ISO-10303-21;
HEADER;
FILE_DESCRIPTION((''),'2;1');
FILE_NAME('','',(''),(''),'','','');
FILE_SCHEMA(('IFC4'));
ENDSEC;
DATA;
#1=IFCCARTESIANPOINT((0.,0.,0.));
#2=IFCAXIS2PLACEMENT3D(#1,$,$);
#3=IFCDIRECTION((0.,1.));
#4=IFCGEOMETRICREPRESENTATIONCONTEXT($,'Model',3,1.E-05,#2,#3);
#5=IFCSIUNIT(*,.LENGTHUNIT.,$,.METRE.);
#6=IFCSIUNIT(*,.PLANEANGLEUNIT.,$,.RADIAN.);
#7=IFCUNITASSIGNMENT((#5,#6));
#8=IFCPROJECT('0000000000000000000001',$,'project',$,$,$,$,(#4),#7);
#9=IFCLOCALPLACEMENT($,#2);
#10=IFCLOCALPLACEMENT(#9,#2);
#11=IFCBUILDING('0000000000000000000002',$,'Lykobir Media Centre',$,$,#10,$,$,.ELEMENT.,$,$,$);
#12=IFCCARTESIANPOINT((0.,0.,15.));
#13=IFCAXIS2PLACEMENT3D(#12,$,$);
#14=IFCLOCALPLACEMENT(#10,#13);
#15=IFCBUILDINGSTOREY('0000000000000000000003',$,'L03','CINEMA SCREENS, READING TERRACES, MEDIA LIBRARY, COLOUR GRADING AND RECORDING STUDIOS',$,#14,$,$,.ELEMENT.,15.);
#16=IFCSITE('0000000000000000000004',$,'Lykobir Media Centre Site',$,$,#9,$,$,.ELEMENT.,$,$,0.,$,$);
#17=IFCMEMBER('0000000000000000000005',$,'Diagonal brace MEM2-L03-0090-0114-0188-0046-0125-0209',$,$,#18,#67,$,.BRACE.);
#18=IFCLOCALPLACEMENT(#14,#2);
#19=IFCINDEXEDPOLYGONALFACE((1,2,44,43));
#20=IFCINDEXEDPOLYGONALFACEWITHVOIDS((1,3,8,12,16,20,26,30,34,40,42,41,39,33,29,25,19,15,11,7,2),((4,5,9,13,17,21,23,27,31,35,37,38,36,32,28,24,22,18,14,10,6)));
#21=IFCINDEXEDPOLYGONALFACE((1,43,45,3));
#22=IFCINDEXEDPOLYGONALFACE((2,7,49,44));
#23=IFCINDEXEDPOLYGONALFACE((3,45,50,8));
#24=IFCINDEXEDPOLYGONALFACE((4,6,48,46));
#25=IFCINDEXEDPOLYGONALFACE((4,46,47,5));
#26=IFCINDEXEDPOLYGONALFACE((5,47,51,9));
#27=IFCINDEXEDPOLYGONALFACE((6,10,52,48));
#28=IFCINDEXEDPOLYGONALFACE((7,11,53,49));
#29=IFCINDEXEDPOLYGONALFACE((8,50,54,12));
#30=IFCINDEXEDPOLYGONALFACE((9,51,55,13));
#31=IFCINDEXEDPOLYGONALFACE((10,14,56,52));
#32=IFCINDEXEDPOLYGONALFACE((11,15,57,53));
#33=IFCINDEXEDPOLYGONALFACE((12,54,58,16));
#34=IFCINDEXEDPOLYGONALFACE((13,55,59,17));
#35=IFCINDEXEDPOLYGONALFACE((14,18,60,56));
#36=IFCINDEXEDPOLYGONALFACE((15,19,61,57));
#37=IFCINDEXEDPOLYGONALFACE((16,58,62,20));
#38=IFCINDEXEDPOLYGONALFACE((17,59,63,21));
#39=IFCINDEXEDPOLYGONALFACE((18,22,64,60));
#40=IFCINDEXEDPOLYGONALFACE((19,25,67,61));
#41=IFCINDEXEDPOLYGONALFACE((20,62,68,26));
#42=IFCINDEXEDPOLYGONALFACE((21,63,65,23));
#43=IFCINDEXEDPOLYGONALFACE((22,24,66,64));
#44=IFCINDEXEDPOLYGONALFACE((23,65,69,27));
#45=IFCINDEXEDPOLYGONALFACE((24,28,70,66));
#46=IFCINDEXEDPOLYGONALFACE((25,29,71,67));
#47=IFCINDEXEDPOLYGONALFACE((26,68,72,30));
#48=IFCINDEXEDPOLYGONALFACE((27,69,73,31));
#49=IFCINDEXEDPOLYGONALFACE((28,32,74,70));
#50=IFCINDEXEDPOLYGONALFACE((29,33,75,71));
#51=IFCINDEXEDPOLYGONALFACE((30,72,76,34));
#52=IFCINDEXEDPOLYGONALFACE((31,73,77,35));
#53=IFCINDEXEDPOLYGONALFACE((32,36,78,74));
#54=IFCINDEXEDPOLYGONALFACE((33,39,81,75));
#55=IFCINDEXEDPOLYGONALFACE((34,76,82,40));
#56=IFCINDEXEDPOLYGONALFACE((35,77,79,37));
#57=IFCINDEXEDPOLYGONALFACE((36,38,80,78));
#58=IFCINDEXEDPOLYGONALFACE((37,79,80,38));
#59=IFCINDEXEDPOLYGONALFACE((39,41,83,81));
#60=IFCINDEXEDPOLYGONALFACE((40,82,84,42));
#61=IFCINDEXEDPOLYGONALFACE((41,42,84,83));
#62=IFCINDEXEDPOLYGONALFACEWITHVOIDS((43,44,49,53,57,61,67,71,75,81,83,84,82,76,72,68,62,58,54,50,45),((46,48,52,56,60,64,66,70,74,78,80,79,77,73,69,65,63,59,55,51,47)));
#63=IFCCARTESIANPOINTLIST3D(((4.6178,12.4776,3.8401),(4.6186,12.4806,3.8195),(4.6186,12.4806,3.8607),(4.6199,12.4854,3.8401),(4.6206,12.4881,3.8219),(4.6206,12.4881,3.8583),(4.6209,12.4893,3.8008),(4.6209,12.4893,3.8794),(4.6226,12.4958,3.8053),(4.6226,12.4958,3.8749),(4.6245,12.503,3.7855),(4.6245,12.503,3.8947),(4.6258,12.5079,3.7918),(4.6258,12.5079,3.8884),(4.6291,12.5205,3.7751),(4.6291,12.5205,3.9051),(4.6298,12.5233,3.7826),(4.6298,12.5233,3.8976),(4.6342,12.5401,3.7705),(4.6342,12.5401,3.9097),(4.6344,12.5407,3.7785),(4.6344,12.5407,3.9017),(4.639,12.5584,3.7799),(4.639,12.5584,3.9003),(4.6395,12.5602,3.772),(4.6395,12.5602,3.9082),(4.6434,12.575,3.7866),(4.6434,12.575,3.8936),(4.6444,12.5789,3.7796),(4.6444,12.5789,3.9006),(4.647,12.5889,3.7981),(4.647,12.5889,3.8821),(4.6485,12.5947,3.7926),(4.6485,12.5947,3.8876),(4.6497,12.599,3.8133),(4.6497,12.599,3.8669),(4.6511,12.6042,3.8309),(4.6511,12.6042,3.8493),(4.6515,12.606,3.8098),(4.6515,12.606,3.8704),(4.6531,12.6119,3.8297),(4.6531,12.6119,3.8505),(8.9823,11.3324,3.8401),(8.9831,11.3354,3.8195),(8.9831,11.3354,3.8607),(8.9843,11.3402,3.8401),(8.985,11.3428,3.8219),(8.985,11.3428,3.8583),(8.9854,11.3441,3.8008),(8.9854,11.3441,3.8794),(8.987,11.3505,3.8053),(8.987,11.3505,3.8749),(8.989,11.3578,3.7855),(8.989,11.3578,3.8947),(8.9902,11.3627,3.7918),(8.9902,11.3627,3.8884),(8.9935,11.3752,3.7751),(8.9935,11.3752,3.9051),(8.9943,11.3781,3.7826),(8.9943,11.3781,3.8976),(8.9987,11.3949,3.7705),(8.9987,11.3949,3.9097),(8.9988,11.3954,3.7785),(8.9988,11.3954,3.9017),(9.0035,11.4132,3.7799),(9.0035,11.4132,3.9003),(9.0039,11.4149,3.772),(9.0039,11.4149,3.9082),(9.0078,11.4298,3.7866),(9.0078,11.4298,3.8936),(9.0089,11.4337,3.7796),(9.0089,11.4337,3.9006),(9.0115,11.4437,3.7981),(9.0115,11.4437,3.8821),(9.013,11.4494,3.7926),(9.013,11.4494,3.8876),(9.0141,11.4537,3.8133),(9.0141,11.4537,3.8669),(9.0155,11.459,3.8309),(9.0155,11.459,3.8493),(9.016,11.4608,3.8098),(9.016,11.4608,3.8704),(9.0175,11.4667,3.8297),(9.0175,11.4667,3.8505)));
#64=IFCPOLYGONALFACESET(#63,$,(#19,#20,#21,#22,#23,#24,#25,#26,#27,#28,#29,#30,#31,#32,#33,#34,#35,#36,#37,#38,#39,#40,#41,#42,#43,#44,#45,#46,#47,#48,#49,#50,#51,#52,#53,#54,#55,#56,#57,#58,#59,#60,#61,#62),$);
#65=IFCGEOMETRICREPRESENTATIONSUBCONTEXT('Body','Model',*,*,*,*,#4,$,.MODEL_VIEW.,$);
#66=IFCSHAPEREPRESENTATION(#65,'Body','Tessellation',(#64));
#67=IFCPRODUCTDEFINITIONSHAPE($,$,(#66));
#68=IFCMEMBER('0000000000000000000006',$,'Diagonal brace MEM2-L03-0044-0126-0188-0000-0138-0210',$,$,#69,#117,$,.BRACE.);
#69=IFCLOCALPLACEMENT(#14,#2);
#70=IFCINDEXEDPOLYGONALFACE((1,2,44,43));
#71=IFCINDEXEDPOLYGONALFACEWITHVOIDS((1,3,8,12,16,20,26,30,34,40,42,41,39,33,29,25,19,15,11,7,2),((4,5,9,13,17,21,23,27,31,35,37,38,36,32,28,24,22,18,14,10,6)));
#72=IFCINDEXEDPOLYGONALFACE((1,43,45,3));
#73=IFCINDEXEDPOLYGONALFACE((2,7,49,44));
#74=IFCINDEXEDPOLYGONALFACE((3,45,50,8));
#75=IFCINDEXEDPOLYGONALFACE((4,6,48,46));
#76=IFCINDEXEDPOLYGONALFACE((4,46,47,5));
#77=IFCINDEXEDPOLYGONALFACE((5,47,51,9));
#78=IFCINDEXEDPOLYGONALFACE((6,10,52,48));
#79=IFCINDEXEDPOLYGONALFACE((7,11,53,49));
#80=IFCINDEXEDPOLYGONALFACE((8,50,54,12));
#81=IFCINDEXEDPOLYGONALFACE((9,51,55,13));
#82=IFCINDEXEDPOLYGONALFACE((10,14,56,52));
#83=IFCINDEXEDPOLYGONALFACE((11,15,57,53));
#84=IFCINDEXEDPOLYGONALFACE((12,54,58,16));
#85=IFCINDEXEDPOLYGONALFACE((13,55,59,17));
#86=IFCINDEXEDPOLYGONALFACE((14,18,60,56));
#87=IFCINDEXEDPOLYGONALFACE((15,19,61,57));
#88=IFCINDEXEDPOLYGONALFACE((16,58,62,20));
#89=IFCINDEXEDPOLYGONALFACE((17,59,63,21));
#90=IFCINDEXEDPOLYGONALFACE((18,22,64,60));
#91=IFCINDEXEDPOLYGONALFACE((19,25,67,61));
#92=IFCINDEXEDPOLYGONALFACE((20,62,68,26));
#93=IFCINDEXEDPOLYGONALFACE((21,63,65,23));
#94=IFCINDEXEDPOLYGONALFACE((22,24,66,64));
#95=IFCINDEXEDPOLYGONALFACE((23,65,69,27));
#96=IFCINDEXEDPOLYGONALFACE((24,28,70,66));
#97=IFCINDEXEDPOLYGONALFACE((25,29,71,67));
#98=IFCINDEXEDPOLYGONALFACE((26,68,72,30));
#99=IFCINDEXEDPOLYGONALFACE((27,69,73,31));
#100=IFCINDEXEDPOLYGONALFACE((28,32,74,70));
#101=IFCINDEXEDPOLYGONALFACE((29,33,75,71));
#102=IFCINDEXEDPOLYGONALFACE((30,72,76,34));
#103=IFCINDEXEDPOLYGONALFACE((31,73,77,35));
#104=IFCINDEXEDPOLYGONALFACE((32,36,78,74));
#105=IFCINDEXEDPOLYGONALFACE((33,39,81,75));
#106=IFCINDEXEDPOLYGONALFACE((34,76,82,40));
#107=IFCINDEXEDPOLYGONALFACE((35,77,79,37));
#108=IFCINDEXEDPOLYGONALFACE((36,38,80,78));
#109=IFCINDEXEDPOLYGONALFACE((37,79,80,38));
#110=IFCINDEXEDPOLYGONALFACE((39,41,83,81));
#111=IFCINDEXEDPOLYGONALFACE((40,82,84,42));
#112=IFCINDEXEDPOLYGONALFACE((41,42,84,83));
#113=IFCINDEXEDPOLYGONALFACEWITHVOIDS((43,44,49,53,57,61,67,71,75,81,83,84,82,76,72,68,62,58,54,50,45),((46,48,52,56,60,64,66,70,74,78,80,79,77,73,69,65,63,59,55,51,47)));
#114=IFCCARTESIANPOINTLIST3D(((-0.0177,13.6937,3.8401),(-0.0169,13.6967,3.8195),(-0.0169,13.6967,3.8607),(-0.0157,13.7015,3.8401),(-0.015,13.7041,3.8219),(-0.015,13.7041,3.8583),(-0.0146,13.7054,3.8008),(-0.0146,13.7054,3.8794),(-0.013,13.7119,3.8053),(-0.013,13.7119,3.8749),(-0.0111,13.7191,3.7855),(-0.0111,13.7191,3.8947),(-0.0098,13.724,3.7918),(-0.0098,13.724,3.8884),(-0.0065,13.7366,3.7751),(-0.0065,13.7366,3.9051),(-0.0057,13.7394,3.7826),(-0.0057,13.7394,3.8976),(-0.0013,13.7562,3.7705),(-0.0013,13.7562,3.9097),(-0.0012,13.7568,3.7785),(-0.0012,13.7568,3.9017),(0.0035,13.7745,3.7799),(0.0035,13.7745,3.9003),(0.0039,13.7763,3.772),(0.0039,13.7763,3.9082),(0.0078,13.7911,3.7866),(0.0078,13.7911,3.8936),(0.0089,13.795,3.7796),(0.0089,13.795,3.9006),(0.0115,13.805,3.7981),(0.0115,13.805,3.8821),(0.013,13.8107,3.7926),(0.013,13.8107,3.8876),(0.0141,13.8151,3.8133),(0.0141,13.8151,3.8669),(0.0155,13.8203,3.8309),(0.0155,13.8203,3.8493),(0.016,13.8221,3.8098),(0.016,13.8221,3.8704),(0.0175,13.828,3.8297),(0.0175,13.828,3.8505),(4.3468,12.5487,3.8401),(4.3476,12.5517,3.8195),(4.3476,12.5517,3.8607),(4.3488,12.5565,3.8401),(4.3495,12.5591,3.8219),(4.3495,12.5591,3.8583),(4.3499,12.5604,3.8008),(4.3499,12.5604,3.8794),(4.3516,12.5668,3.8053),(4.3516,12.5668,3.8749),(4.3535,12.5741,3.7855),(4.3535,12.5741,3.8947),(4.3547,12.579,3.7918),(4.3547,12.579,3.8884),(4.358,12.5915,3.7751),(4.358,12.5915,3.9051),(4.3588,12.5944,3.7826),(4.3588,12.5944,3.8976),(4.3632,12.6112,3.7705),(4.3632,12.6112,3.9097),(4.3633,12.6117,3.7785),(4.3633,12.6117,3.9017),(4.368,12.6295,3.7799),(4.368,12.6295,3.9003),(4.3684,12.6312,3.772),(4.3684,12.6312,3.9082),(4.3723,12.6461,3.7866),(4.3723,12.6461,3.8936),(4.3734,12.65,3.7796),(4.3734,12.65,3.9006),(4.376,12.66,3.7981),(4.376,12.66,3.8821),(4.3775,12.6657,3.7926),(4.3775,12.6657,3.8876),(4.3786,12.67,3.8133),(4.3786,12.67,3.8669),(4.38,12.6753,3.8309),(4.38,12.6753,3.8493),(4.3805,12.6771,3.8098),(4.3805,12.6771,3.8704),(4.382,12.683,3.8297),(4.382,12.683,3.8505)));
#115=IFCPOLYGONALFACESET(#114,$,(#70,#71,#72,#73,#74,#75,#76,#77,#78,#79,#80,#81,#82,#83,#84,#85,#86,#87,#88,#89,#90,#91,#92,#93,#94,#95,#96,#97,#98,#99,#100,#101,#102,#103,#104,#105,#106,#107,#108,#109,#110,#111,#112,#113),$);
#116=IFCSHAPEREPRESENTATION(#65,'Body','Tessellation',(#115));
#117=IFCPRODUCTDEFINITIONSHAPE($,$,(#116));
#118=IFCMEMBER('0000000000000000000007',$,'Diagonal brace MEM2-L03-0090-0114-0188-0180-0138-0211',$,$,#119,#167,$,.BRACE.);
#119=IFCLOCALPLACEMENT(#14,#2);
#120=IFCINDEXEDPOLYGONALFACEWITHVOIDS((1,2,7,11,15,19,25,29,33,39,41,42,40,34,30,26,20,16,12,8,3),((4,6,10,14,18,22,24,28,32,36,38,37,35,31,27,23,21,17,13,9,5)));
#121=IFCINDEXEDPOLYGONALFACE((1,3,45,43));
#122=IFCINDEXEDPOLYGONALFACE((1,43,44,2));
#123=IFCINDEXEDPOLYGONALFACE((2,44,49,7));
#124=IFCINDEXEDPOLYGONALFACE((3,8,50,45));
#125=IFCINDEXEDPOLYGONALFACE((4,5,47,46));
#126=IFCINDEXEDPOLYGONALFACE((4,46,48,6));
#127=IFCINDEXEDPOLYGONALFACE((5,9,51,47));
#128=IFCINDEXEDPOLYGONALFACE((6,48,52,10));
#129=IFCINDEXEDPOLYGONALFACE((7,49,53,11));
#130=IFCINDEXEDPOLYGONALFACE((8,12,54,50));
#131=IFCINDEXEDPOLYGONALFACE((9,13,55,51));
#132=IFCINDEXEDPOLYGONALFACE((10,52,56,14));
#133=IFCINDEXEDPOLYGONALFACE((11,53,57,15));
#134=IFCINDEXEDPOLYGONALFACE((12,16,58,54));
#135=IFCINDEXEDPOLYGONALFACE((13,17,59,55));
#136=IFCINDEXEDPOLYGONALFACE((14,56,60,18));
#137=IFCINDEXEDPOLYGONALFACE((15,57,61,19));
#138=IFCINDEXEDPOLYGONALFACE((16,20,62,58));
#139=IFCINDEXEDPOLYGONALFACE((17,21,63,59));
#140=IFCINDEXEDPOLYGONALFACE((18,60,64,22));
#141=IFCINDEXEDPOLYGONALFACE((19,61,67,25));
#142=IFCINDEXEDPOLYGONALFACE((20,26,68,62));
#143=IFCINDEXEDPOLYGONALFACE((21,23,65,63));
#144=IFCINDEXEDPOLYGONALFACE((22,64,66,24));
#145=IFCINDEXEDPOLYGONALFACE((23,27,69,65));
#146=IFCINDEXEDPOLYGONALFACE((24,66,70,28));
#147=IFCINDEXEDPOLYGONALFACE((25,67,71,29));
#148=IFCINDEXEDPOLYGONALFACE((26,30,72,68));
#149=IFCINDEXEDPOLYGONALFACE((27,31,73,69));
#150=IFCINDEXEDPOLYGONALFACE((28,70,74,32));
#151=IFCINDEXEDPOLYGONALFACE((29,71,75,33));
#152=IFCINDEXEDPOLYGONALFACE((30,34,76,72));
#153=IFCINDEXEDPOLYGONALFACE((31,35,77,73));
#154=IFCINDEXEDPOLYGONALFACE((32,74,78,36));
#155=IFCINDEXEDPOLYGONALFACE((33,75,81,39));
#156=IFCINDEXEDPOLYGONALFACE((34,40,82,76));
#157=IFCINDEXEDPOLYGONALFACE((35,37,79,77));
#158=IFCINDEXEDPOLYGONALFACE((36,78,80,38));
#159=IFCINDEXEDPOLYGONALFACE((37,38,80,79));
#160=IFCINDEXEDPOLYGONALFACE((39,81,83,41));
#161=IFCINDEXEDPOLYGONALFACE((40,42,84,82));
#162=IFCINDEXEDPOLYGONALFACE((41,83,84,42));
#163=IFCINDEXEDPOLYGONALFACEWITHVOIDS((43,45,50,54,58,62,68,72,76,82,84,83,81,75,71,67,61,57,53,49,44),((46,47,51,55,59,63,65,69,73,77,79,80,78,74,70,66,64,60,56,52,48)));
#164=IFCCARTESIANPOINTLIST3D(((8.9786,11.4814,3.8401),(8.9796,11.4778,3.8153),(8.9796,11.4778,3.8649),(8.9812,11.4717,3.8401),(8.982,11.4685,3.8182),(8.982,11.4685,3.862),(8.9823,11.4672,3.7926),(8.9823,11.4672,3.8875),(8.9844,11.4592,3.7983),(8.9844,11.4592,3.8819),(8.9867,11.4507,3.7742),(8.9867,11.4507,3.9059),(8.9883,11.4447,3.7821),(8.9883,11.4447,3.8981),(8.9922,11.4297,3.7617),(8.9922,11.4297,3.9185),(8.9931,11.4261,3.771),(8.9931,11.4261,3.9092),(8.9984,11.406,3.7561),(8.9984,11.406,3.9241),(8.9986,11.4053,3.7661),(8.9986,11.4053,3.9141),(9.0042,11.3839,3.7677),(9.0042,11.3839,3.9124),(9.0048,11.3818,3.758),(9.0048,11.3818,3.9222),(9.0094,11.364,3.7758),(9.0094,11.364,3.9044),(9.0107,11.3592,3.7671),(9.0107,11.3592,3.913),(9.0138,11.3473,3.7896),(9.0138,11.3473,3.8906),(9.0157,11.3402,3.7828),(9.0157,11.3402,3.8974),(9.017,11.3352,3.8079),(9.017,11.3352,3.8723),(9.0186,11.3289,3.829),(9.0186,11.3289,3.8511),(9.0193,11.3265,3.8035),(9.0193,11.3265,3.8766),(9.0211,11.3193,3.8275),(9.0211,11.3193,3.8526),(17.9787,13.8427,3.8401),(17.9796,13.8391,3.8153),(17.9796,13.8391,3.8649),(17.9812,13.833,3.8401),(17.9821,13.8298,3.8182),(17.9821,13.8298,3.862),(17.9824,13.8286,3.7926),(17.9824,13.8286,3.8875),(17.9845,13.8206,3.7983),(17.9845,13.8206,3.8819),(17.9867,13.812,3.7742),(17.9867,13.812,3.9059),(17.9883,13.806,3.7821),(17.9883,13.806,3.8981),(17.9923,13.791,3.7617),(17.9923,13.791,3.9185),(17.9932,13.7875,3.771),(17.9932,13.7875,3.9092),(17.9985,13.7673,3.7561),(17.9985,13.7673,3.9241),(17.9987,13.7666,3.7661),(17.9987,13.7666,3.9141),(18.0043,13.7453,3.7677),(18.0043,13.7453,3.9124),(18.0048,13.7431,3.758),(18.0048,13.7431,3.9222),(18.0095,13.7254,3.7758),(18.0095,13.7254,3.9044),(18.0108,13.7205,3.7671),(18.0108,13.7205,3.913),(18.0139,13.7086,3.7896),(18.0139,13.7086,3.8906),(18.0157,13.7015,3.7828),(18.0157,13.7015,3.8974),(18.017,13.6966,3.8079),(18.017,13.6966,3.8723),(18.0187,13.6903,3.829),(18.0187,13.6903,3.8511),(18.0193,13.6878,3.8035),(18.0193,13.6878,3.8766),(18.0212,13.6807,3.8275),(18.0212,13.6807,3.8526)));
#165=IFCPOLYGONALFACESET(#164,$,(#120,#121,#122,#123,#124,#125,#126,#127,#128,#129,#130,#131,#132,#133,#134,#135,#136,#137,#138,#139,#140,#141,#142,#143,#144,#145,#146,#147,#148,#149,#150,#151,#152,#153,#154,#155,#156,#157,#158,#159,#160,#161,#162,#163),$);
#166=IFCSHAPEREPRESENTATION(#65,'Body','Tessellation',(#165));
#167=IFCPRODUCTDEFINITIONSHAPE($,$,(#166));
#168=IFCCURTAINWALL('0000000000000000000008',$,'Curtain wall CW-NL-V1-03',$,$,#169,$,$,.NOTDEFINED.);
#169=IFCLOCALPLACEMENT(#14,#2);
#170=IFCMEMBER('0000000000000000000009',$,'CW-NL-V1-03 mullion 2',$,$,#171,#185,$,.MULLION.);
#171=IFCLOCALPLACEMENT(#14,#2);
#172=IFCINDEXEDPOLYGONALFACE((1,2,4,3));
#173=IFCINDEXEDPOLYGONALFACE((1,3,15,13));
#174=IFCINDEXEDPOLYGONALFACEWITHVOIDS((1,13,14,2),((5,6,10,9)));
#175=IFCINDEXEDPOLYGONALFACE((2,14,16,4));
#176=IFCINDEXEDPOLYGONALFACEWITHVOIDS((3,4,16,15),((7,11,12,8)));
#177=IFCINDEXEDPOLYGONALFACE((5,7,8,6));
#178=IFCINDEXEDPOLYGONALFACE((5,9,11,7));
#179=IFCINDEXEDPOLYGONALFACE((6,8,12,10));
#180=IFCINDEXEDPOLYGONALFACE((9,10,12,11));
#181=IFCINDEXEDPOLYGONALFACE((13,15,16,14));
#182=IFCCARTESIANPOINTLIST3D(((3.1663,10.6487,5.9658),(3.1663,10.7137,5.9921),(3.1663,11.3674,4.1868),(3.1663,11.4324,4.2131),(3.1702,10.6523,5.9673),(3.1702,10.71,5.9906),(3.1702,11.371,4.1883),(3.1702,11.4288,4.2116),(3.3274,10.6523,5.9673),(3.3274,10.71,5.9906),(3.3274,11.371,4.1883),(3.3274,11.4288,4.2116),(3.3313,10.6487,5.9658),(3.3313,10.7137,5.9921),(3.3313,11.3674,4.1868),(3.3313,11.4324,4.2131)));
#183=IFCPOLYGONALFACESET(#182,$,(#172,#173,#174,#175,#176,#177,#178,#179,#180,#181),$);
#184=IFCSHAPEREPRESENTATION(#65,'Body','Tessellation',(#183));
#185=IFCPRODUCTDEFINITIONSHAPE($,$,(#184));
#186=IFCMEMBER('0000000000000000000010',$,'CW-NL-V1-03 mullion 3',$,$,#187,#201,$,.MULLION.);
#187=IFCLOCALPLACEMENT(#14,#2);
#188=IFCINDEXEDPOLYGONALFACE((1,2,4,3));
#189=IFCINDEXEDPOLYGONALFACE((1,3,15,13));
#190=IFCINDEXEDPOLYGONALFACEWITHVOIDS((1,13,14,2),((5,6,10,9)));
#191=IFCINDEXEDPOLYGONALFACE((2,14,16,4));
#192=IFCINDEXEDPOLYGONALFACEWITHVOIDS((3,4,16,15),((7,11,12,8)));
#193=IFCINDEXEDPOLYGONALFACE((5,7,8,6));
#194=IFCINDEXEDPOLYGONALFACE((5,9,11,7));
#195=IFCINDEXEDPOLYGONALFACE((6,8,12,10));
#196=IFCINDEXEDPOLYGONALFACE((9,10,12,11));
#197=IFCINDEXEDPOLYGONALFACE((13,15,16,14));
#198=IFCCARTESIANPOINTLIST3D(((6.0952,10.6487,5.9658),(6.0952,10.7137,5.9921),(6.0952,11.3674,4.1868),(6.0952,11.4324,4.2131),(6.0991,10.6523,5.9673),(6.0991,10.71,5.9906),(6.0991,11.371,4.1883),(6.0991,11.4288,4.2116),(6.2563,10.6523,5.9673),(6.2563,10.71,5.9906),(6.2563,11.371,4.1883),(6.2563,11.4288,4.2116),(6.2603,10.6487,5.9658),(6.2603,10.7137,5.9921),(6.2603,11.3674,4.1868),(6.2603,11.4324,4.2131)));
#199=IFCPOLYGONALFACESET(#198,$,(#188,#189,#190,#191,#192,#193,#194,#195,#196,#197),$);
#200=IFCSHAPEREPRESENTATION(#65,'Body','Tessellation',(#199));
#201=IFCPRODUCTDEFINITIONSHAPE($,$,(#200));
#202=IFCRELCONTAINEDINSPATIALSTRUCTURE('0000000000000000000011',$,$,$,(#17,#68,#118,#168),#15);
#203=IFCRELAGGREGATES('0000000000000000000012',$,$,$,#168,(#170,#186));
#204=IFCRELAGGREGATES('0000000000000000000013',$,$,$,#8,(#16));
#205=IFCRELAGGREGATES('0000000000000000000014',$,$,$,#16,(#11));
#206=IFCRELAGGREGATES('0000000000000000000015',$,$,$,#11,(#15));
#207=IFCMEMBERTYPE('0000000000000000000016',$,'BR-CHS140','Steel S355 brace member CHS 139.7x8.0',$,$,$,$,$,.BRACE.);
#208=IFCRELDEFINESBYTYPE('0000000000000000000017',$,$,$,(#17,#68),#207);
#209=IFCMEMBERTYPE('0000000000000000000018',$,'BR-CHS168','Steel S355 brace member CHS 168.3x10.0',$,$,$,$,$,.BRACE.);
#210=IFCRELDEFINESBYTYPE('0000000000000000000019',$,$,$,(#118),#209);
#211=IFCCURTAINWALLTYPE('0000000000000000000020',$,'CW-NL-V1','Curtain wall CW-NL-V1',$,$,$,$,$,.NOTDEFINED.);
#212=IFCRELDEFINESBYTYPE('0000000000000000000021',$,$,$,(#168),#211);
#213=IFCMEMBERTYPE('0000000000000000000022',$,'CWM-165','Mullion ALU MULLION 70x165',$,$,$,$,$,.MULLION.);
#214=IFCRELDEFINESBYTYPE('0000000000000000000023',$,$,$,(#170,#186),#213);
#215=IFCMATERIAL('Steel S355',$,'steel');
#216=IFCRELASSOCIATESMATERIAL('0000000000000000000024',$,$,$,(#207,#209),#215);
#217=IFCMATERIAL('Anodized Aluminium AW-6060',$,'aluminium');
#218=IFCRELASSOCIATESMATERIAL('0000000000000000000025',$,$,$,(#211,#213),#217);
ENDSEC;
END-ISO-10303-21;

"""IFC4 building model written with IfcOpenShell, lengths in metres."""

from ifc_helpers import new_model, si_unit, direction, frame, origin, origin_2d, place, context, subcontext, project, spatial, hollow_rectangle, hollow_circle, extrude, material, material_profile, profile_set, type_object, element, aggregate, save


model = new_model("IFC4")

# Units and contexts
model_context = context("Model", 3, precision=1e-05, world=origin(), true_north=direction((0.0, 1.0)))
body_context = subcontext(model_context, "Body", "Model", "MODEL_VIEW")
ifc_project = project(units=[si_unit("LENGTHUNIT", "METRE"), si_unit("PLANEANGLEUNIT", "RADIAN")], contexts=[model_context])

# Site, building, storey
site_placement = place(None, origin())
site = spatial("IfcSite", under=ifc_project, at=site_placement, Name="Lykobir Media Centre Site", CompositionType="ELEMENT", RefElevation=0.0)
building_placement = place(site_placement, origin())
building = spatial("IfcBuilding", under=site, at=building_placement, Name="Lykobir Media Centre", CompositionType="ELEMENT")
storey_placement = place(building_placement, frame((0.0, 0.0, 15.0)))
storey = spatial("IfcBuildingStorey", under=building, at=storey_placement, Name="L03", Description="CINEMA SCREENS, READING TERRACES, MEDIA LIBRARY, COLOUR GRADING AND RECORDING STUDIOS", CompositionType="ELEMENT", Elevation=15.0)

# Members
ifc_material_1 = material(Name="Steel S355", Category="steel")
ifc_material_profile_1 = material_profile(ifc_material_1, hollow_circle(Radius=0.0698, WallThickness=0.0081, at=origin_2d()), Name="CHS 139.7x8.0")
ifc_profile_set_1 = profile_set([ifc_material_profile_1], Name="Steel S355")
member_type_1 = type_object("IfcMemberType", Name="BR-CHS140", Description="Steel S355 brace member CHS 139.7x8.0", PredefinedType="BRACE", material=ifc_profile_set_1)
for number, where, z_axis, x_axis, name in (
    (1, (9.0, 11.3999, 3.8401), (-0.967254, 0.253811, 0.0), (-0.253811, -0.967254, 0.0), "Diagonal brace MEM2-L03-0090-0114-0188-0046-0125-0209"),
    (2, (4.3645, 12.6162, 3.8401), (-0.967267, 0.253761, 0.0), (-0.253761, -0.967267, 0.0), "Diagonal brace MEM2-L03-0044-0126-0188-0000-0138-0210"),
):
    element("IfcMember", number, at=place(storey_placement, frame(where, z_axis=z_axis, x_axis=x_axis)), inside=storey, type_object=member_type_1, Name=name, PredefinedType="BRACE", context=body_context, shape_type="SweptSolid", body=[
        extrude(hollow_circle(Radius=0.0698, WallThickness=0.0081, at=origin_2d()), origin(), (0.0, 0.0, 1.0), 4.5122),
    ])
ifc_material_profile_2 = material_profile(ifc_material_1, hollow_circle(Radius=0.0842, WallThickness=0.01, at=origin_2d()), Name="CHS 168.3x10.0")
ifc_profile_set_2 = profile_set([ifc_material_profile_2], Name="Steel S355")
member_type_2 = type_object("IfcMemberType", Name="BR-CHS168", Description="Steel S355 brace member CHS 168.3x10.0", PredefinedType="BRACE", material=ifc_profile_set_2)
member_1_placement = place(storey_placement, frame((9.0, 11.3999, 3.8401), z_axis=(0.967262, 0.25378, 0.0), x_axis=(-0.25378, 0.967262, 0.0)))
element("IfcMember", 3, at=member_1_placement, inside=storey, type_object=member_type_2, Name="Diagonal brace MEM2-L03-0090-0114-0188-0180-0138-0211", PredefinedType="BRACE", context=body_context, shape_type="SweptSolid", body=[
    extrude(hollow_circle(Radius=0.0842, WallThickness=0.01, at=origin_2d()), origin(), (0.0, 0.0, 1.0), 9.3047),
])

# Curtain wall, members
ifc_material_2 = material(Name="Anodized Aluminium AW-6060", Category="aluminium")
curtain_wall_type = type_object("IfcCurtainWallType", Name="CW-NL-V1", Description="Curtain wall CW-NL-V1", PredefinedType="NOTDEFINED", material=ifc_material_2)
curtain_wall_1_placement = place(storey_placement, origin())
curtain_wall_1 = element("IfcCurtainWall", 4, at=curtain_wall_1_placement, inside=storey, type_object=curtain_wall_type, Name="Curtain wall CW-NL-V1-03", PredefinedType="NOTDEFINED")
ifc_material_profile_3 = material_profile(ifc_material_2, hollow_rectangle(XDim=0.0701, YDim=0.165, WallThickness=0.0039, at=origin_2d()), Name="ALU MULLION 70x165")
ifc_profile_set_3 = profile_set([ifc_material_profile_3], Name="Anodized Aluminium AW-6060")
member_type_3 = type_object("IfcMemberType", Name="CWM-165", Description="Mullion ALU MULLION 70x165", PredefinedType="MULLION", material=ifc_profile_set_3)
member_2_placement = place(storey_placement, frame((3.2488, 11.3999, 4.2), z_axis=(0.0, -0.374591, 0.92719), x_axis=(0.0, 0.92719, 0.374591)))
member_2 = element("IfcMember", 5, at=member_2_placement, type_object=member_type_3, Name="CW-NL-V1-03 mullion 2", PredefinedType="MULLION", context=body_context, shape_type="SweptSolid", body=[
    extrude(hollow_rectangle(XDim=0.0701, YDim=0.165, WallThickness=0.0039, at=origin_2d()), origin(), (0.0, 0.0, 1.0), 1.9187),
])
member_3_placement = place(storey_placement, frame((6.1777, 11.3999, 4.2), z_axis=(0.0, -0.374591, 0.92719), x_axis=(0.0, 0.92719, 0.374591)))
member_3 = element("IfcMember", 6, at=member_3_placement, type_object=member_type_3, Name="CW-NL-V1-03 mullion 3", PredefinedType="MULLION", context=body_context, shape_type="SweptSolid", body=[
    extrude(hollow_rectangle(XDim=0.0701, YDim=0.165, WallThickness=0.0039, at=origin_2d()), origin(), (0.0, 0.0, 1.0), 1.9187),
])

aggregate(curtain_wall_1, [member_2, member_3])

save(model, "model.ifc")
